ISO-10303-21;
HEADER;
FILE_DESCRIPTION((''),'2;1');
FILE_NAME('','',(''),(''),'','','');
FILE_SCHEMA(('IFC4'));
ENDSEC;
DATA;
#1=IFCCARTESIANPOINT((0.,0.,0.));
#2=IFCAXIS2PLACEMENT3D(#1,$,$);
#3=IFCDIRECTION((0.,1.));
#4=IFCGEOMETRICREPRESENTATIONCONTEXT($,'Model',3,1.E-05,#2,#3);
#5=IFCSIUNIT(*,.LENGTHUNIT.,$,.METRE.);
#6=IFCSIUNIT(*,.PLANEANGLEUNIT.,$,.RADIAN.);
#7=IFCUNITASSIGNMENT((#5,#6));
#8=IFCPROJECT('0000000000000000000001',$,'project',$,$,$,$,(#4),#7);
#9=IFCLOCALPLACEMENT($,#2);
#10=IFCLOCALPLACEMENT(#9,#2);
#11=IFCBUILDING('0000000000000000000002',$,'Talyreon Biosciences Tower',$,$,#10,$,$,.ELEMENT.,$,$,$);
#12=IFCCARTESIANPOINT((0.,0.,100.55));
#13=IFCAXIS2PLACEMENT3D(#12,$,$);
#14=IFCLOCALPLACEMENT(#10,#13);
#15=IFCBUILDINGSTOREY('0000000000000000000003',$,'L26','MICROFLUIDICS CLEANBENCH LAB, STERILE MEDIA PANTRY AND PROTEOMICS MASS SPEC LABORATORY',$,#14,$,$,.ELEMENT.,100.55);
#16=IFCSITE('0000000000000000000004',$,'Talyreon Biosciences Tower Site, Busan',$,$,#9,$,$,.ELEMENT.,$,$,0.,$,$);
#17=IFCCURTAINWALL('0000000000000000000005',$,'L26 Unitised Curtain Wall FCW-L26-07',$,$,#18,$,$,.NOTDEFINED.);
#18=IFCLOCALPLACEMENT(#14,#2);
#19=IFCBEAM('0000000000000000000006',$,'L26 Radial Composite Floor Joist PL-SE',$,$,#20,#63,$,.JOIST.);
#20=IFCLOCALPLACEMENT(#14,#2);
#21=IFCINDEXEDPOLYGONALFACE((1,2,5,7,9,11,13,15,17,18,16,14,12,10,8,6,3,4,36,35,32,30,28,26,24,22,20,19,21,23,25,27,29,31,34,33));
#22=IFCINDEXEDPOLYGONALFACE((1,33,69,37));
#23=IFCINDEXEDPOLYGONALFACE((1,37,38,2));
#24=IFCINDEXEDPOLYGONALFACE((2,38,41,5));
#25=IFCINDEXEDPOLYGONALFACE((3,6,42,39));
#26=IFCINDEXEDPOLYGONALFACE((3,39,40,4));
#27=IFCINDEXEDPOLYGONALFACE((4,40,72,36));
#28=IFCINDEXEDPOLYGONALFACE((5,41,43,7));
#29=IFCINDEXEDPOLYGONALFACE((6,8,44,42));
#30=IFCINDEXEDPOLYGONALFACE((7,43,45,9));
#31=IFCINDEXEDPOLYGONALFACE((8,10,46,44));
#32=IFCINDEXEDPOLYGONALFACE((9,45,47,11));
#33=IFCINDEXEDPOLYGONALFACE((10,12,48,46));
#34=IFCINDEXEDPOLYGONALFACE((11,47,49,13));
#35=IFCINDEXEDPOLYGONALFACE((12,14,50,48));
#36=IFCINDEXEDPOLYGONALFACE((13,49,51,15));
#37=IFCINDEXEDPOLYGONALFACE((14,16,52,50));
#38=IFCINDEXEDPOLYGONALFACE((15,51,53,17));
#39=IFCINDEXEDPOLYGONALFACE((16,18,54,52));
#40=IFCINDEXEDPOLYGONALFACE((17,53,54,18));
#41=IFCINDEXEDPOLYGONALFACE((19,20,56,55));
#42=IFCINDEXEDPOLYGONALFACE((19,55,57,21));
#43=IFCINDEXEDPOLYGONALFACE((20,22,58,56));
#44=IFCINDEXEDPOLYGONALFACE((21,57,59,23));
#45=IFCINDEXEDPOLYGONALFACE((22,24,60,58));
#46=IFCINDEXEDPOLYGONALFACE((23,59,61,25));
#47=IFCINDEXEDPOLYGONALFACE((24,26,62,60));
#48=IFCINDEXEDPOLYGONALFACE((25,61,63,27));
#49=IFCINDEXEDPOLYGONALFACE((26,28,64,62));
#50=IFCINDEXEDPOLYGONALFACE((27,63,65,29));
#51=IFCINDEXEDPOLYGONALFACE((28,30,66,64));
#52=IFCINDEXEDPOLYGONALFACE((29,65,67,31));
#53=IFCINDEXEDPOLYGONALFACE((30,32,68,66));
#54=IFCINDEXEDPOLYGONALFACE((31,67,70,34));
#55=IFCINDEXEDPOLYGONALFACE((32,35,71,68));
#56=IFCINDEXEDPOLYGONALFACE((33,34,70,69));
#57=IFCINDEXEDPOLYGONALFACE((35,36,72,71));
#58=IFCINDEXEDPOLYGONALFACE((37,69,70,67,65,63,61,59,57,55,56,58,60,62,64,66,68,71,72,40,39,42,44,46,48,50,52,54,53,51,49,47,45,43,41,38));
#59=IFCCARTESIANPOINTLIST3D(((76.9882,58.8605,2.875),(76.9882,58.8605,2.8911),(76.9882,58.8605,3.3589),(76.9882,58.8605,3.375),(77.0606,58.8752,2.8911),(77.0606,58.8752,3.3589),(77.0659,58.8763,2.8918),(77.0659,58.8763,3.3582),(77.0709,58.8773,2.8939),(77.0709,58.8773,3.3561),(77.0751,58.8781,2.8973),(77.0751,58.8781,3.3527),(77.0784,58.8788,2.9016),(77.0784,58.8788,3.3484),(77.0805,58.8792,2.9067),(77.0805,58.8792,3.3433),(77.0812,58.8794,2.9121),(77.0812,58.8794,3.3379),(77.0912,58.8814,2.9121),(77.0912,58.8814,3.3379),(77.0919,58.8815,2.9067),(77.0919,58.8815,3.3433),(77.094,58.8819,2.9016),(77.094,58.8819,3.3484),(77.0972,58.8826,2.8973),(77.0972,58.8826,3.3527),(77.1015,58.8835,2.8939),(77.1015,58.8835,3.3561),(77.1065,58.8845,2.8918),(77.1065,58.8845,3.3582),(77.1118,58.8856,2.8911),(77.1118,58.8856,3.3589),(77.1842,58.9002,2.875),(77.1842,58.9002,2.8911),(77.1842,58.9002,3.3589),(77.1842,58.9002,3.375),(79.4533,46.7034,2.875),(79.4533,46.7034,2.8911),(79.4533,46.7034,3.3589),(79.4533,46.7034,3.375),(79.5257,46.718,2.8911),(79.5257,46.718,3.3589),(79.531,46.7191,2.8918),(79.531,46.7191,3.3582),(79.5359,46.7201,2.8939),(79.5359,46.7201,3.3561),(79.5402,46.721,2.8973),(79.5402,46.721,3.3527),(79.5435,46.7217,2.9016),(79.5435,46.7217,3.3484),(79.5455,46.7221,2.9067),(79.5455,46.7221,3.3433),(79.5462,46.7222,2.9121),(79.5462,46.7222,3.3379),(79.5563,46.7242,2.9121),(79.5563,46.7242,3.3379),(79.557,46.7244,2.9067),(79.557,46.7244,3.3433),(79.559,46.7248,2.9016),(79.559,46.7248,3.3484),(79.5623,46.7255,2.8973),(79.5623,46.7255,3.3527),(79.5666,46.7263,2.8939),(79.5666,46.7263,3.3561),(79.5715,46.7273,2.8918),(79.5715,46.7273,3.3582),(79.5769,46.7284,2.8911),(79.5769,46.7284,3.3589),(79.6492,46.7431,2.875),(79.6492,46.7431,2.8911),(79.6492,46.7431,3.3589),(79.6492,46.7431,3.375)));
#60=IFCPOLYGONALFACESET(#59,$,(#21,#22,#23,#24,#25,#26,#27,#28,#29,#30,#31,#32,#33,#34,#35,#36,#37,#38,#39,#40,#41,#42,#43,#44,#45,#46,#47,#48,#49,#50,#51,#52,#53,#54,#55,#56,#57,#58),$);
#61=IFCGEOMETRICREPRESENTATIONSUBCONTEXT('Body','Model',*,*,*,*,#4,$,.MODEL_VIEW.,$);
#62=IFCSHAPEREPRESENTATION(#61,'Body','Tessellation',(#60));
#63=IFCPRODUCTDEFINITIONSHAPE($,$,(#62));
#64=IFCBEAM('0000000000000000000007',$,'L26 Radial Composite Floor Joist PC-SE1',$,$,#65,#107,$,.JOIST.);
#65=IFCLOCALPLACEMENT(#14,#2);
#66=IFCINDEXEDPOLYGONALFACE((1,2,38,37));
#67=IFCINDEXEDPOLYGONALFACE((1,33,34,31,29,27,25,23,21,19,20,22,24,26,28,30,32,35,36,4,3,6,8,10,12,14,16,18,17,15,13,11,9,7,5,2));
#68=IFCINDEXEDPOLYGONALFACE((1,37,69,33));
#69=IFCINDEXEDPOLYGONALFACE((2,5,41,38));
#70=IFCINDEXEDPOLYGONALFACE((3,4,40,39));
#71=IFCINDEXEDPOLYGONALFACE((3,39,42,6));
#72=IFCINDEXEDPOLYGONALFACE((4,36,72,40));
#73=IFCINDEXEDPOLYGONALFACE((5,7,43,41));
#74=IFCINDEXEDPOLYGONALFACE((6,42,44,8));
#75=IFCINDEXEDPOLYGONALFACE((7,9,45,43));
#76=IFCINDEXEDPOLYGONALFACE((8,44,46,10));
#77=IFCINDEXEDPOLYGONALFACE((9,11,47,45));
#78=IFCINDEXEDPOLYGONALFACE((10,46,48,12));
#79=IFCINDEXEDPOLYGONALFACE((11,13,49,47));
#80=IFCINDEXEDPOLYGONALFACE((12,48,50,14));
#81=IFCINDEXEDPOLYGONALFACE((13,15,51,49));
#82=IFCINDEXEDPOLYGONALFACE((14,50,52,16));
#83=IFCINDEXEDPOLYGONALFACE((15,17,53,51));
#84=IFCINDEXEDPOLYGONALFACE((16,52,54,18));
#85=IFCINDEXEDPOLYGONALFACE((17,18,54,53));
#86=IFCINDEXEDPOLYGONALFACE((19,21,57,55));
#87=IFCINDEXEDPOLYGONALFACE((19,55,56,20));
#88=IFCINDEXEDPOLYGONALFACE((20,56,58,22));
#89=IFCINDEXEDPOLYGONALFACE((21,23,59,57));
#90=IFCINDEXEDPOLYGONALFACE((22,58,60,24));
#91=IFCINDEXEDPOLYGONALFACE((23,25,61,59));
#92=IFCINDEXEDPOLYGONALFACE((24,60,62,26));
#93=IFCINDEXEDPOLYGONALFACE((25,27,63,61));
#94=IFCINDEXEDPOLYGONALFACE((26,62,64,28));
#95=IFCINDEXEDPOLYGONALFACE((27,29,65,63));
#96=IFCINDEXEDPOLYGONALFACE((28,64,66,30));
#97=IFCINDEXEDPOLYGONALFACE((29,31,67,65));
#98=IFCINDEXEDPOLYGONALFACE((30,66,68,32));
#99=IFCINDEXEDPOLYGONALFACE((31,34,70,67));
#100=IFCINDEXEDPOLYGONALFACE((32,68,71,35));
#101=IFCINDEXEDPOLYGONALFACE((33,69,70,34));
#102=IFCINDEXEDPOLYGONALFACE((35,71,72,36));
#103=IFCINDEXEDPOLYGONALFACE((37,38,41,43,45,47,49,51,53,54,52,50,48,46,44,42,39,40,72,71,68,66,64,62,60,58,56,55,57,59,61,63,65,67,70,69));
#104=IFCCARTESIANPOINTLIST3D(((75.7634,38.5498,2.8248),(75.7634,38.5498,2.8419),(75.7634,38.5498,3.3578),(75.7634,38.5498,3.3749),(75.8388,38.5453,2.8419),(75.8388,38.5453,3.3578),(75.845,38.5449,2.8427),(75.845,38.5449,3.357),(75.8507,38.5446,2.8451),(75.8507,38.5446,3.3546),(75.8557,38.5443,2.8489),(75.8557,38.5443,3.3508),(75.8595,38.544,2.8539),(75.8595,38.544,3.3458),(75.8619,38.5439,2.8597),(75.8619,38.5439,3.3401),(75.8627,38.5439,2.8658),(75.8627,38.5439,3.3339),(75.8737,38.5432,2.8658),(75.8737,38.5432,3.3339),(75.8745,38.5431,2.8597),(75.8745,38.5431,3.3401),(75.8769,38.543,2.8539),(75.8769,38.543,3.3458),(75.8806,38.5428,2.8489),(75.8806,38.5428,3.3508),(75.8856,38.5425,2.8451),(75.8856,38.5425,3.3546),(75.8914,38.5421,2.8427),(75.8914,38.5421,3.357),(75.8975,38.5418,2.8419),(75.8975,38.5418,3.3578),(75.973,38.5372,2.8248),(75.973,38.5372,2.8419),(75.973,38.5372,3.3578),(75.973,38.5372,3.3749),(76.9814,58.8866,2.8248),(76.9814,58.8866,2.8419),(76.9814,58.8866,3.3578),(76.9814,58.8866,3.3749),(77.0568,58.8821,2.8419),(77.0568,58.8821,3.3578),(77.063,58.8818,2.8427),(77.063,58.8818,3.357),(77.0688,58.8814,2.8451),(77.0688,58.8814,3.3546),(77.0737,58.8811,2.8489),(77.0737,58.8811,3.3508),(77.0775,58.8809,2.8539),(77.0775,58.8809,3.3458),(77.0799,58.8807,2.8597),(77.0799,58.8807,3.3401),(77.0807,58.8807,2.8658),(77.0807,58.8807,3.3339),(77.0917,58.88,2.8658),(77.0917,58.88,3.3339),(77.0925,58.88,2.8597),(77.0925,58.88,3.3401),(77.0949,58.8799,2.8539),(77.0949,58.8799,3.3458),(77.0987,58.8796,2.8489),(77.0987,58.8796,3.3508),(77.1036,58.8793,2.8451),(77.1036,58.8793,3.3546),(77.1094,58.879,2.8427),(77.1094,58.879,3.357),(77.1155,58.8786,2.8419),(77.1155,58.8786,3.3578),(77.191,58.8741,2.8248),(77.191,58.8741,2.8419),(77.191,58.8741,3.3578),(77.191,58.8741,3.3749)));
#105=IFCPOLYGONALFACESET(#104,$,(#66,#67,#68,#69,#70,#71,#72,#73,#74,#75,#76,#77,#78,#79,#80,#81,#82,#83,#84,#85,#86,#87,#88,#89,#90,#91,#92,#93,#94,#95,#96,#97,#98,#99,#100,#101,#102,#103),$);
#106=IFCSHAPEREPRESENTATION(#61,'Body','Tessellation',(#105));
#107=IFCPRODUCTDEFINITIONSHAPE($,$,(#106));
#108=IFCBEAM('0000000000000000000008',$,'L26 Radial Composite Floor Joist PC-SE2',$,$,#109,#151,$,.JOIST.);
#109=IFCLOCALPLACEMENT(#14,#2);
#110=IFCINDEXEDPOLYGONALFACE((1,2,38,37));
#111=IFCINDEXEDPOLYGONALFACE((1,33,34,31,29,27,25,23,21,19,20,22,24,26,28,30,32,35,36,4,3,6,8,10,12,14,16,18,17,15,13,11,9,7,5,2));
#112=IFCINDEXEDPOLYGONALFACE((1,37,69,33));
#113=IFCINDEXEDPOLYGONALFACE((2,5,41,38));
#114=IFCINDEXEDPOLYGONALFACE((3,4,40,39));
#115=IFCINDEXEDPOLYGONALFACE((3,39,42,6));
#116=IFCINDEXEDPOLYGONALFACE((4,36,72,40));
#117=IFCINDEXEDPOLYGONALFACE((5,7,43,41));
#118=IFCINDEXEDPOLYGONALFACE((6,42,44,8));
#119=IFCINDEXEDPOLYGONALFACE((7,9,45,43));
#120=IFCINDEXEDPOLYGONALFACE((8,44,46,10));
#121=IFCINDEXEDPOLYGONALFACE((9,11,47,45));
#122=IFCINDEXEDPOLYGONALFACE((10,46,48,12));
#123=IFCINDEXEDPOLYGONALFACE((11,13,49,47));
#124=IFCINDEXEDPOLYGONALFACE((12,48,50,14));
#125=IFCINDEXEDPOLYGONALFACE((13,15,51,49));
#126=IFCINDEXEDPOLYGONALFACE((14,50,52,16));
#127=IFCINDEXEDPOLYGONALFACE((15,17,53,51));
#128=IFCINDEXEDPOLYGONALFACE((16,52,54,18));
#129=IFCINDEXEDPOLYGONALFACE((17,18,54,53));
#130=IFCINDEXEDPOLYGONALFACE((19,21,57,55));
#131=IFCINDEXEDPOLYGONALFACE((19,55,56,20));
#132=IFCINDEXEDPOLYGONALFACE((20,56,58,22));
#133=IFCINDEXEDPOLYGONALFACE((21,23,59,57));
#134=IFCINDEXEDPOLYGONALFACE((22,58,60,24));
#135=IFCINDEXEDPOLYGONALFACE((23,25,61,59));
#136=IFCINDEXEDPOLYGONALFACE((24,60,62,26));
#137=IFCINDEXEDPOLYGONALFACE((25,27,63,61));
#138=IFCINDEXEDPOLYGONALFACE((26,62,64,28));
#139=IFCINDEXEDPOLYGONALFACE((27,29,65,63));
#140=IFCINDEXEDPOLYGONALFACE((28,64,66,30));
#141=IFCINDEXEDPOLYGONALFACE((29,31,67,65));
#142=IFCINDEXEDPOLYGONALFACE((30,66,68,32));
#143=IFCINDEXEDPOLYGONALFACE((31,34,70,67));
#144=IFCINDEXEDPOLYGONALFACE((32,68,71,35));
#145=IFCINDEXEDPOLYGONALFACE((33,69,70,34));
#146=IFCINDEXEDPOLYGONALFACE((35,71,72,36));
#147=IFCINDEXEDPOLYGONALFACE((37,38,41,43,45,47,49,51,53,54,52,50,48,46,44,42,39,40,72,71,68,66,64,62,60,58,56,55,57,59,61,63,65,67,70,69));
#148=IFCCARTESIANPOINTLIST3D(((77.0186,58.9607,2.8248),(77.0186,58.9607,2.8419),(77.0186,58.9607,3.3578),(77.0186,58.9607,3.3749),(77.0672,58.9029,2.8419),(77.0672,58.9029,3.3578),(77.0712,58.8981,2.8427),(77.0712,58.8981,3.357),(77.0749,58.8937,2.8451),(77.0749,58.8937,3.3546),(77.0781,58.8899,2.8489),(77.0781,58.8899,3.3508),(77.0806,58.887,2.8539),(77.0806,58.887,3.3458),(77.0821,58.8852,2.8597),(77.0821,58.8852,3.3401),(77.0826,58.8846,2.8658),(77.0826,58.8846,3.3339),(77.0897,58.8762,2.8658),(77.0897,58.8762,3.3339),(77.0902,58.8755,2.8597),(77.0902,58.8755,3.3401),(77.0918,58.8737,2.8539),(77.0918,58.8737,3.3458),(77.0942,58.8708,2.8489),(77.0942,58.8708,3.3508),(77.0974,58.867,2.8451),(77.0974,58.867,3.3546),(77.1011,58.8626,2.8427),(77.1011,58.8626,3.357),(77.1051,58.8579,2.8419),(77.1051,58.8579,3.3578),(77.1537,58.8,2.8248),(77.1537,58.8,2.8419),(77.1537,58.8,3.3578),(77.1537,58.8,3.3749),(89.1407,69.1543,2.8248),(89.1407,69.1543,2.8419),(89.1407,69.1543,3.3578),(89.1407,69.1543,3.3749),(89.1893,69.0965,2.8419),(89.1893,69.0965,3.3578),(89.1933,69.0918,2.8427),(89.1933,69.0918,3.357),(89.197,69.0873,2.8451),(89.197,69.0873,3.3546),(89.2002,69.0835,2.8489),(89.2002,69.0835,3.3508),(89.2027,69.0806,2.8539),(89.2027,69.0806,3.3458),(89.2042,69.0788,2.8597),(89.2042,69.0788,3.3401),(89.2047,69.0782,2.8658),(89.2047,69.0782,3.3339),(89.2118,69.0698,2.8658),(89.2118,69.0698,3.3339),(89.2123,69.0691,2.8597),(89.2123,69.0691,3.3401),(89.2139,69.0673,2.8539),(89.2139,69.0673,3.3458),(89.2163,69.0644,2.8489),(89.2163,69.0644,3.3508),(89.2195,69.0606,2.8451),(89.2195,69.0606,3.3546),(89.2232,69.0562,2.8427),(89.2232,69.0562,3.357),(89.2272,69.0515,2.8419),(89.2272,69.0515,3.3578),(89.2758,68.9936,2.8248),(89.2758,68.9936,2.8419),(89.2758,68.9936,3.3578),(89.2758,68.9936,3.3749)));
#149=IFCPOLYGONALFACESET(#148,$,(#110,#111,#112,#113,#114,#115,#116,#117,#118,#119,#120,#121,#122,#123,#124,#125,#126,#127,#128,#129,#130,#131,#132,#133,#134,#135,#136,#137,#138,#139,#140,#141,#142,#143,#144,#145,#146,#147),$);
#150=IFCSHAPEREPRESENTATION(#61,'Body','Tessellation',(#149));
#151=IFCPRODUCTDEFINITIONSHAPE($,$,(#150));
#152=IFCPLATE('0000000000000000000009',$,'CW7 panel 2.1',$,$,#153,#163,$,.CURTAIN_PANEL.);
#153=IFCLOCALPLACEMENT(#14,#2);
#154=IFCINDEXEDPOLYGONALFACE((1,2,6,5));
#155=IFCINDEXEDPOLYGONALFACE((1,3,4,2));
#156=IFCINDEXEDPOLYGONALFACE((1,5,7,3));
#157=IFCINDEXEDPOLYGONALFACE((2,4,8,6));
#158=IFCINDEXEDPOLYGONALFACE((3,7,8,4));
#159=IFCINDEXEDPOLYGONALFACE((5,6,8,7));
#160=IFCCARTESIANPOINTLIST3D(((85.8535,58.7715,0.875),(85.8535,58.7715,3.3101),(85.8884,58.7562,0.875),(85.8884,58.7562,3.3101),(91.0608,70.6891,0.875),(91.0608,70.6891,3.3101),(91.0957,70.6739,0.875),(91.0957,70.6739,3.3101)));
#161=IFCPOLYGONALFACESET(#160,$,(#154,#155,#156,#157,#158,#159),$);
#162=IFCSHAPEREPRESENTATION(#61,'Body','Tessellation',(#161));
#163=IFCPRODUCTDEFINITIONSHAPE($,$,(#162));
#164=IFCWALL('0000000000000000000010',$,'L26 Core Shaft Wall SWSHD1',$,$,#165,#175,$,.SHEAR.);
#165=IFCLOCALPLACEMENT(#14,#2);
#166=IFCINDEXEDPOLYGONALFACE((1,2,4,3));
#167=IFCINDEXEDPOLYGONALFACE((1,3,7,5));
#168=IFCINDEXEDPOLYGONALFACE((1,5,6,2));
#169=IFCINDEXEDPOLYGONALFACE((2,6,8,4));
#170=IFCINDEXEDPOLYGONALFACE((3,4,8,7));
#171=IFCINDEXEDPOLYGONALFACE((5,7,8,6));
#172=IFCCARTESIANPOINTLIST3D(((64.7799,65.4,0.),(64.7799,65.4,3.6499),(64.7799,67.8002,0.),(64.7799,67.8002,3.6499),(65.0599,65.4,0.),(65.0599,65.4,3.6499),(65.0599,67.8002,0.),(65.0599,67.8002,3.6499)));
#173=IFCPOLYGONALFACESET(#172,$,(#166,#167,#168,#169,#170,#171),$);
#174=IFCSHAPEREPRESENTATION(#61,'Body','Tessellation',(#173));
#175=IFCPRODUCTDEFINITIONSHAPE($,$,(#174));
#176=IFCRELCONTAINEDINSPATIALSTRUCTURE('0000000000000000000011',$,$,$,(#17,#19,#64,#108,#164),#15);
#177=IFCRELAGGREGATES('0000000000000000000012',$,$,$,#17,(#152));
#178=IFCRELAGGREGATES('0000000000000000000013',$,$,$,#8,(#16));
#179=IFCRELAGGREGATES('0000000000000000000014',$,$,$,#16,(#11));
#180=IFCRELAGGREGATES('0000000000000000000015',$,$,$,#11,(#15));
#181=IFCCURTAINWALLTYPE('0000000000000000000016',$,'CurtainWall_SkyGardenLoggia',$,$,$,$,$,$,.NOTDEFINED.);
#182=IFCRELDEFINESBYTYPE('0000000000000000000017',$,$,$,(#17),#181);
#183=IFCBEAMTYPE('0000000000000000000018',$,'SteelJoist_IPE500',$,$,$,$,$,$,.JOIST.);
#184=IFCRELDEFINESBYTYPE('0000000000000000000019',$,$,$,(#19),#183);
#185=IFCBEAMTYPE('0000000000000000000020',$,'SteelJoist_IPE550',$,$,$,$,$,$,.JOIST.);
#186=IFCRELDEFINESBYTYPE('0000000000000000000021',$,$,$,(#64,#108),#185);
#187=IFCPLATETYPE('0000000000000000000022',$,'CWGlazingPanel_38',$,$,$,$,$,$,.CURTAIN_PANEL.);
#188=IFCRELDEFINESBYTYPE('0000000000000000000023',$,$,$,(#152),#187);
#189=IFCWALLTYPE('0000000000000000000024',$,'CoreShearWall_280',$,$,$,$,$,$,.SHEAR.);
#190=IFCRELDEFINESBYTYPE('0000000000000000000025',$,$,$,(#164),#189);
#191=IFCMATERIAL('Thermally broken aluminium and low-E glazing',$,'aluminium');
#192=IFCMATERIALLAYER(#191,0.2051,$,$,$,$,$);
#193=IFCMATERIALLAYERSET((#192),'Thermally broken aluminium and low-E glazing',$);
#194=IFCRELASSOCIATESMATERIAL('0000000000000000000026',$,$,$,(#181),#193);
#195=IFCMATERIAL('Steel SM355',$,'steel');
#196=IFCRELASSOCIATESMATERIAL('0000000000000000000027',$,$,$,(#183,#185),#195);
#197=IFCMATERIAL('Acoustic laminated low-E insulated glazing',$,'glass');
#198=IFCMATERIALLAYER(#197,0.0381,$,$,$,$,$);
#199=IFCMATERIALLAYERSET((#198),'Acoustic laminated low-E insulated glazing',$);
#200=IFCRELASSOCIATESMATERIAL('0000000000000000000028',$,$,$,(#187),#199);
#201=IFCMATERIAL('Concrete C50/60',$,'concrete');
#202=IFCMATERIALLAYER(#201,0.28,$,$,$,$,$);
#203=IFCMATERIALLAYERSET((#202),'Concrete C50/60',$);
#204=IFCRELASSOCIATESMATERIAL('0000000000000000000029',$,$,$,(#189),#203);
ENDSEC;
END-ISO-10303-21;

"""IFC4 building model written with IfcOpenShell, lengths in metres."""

from ifc_helpers import new_model, si_unit, direction, frame, frame_2d, origin, origin_2d, place, context, subcontext, project, spatial, rectangle, i_section, extrude, material, layer, layer_set, material_profile, profile_set, type_object, element, aggregate, save


model = new_model("IFC4")

# Units and contexts
model_context = context("Model", 3, precision=1e-05, world=origin(), true_north=direction((0.0, 1.0)))
body_context = subcontext(model_context, "Body", "Model", "MODEL_VIEW")
ifc_project = project(units=[si_unit("LENGTHUNIT", "METRE"), si_unit("PLANEANGLEUNIT", "RADIAN")], contexts=[model_context])

# Site, building, storey
site_placement = place(None, origin())
site = spatial("IfcSite", under=ifc_project, at=site_placement, Name="Talyreon Biosciences Tower Site, Busan", CompositionType="ELEMENT", RefElevation=0.0)
building_placement = place(site_placement, origin())
building = spatial("IfcBuilding", under=site, at=building_placement, Name="Talyreon Biosciences Tower", CompositionType="ELEMENT")
storey_placement = place(building_placement, frame((0.0, 0.0, 100.55)))
storey = spatial("IfcBuildingStorey", under=building, at=storey_placement, Name="L26", Description="MICROFLUIDICS CLEANBENCH LAB, STERILE MEDIA PANTRY AND PROTEOMICS MASS SPEC LABORATORY", CompositionType="ELEMENT", Elevation=100.55)

# Shared definitions
ifc_material_1 = material(Name="Concrete C50/60", Category="concrete")

# Curtain wall
ifc_material_2 = material(Name="Thermally broken aluminium and low-E glazing", Category="aluminium")
ifc_layer_1 = layer(ifc_material_2, 0.2051)
ifc_layer_set_1 = layer_set([ifc_layer_1], Name="Thermally broken aluminium and low-E glazing")
curtain_wall_type = type_object("IfcCurtainWallType", Name="CurtainWall_SkyGardenLoggia", PredefinedType="NOTDEFINED", material=ifc_layer_set_1)
curtain_wall_placement = place(storey_placement, origin())
curtain_wall = element("IfcCurtainWall", 1, at=curtain_wall_placement, inside=storey, type_object=curtain_wall_type, Name="L26 Unitised Curtain Wall FCW-L26-07", PredefinedType="NOTDEFINED")

# Beams
ifc_material_3 = material(Name="Steel SM355", Category="steel")
ifc_material_profile_1 = material_profile(ifc_material_3, i_section(OverallWidth=0.2, OverallDepth=0.5, WebThickness=0.0103, FlangeThickness=0.0161, FilletRadius=0.021, at=origin_2d()), Name="IPE500")
ifc_profile_set_1 = profile_set([ifc_material_profile_1], Name="Steel SM355")
beam_type_1 = type_object("IfcBeamType", Name="SteelJoist_IPE500", PredefinedType="JOIST", material=ifc_profile_set_1)
beam_1_placement = place(storey_placement, frame((77.0862, 58.8804, 3.125), z_axis=(0.198723, -0.980056, 0.0), x_axis=(0.980056, 0.198723, 0.0)))
element("IfcBeam", 2, at=beam_1_placement, inside=storey, type_object=beam_type_1, Name="L26 Radial Composite Floor Joist PL-SE", PredefinedType="JOIST", context=body_context, shape_type="SweptSolid", body=[
    extrude(i_section(OverallWidth=0.2, OverallDepth=0.5, WebThickness=0.0103, FlangeThickness=0.0161, FilletRadius=0.021, at=origin_2d()), origin(), (0.0, 0.0, 1.0), 12.4045),
])
ifc_material_profile_2 = material_profile(ifc_material_3, i_section(OverallWidth=0.21, OverallDepth=0.55, WebThickness=0.011, FlangeThickness=0.0171, FilletRadius=0.0239, at=origin_2d()), Name="IPE550")
ifc_profile_set_2 = profile_set([ifc_material_profile_2], Name="Steel SM355")
beam_type_2 = type_object("IfcBeamType", Name="SteelJoist_IPE550", PredefinedType="JOIST", material=ifc_profile_set_2)
beam_2_placement = place(storey_placement, frame((77.0862, 58.8804, 3.0999), z_axis=(-0.059785, -0.998211, 0.0), x_axis=(0.998211, -0.059785, 0.0)))
element("IfcBeam", 3, at=beam_2_placement, inside=storey, type_object=beam_type_2, Name="L26 Radial Composite Floor Joist PC-SE1", PredefinedType="JOIST", context=body_context, shape_type="SweptSolid", body=[
    extrude(i_section(OverallWidth=0.21, OverallDepth=0.55, WebThickness=0.011, FlangeThickness=0.0171, FilletRadius=0.0239, at=origin_2d()), origin(), (0.0, 0.0, 1.0), 20.3733),
])
beam_3_placement = place(storey_placement, frame((77.0862, 58.8804, 3.0999), z_axis=(0.765361, 0.643602, 0.0), x_axis=(-0.643602, 0.765361, 0.0)))
element("IfcBeam", 4, at=beam_3_placement, inside=storey, type_object=beam_type_2, Name="L26 Radial Composite Floor Joist PC-SE2", PredefinedType="JOIST", context=body_context, shape_type="SweptSolid", body=[
    extrude(i_section(OverallWidth=0.21, OverallDepth=0.55, WebThickness=0.011, FlangeThickness=0.0171, FilletRadius=0.0239, at=origin_2d()), origin(), (0.0, 0.0, 1.0), 15.8384),
])

# Plate
ifc_material_4 = material(Name="Acoustic laminated low-E insulated glazing", Category="glass")
ifc_layer_2 = layer(ifc_material_4, 0.0381)
ifc_layer_set_2 = layer_set([ifc_layer_2], Name="Acoustic laminated low-E insulated glazing")
plate_type = type_object("IfcPlateType", Name="CWGlazingPanel_38", PredefinedType="CURTAIN_PANEL", material=ifc_layer_set_2)
plate_placement = place(storey_placement, frame((88.4746, 64.7227, 0.875), z_axis=(0.0, 0.0, 1.0), x_axis=(-0.400385, -0.916347, 0.0)))
plate = element("IfcPlate", 5, at=plate_placement, type_object=plate_type, Name="CW7 panel 2.1", PredefinedType="CURTAIN_PANEL", context=body_context, shape_type="SweptSolid", body=[
    extrude(rectangle(XDim=13.0056, YDim=0.0381, at=origin_2d()), origin(), (0.0, 0.0, 1.0), 2.4351),
])
aggregate(curtain_wall, [plate])

# Wall
ifc_layer_3 = layer(ifc_material_1, 0.28)
ifc_layer_set_3 = layer_set([ifc_layer_3], Name="Concrete C50/60")
wall_type_1 = type_object("IfcWallType", Name="CoreShearWall_280", PredefinedType="SHEAR", material=ifc_layer_set_3)
wall_1_placement = place(storey_placement, frame((64.9199, 65.3999, 0.0), z_axis=(0.0, 0.0, 1.0), x_axis=(0.0, 1.0, 0.0)))
element("IfcWall", 6, at=wall_1_placement, inside=storey, type_object=wall_type_1, Name="L26 Core Shaft Wall SWSHD1", PredefinedType="SHEAR", context=body_context, shape_type="SweptSolid", body=[
    extrude(rectangle(XDim=2.4001, YDim=0.28, at=frame_2d((1.2002, 0.0))), origin(), (0.0, 0.0, 1.0), 3.6499),
])

save(model, "model.ifc")
